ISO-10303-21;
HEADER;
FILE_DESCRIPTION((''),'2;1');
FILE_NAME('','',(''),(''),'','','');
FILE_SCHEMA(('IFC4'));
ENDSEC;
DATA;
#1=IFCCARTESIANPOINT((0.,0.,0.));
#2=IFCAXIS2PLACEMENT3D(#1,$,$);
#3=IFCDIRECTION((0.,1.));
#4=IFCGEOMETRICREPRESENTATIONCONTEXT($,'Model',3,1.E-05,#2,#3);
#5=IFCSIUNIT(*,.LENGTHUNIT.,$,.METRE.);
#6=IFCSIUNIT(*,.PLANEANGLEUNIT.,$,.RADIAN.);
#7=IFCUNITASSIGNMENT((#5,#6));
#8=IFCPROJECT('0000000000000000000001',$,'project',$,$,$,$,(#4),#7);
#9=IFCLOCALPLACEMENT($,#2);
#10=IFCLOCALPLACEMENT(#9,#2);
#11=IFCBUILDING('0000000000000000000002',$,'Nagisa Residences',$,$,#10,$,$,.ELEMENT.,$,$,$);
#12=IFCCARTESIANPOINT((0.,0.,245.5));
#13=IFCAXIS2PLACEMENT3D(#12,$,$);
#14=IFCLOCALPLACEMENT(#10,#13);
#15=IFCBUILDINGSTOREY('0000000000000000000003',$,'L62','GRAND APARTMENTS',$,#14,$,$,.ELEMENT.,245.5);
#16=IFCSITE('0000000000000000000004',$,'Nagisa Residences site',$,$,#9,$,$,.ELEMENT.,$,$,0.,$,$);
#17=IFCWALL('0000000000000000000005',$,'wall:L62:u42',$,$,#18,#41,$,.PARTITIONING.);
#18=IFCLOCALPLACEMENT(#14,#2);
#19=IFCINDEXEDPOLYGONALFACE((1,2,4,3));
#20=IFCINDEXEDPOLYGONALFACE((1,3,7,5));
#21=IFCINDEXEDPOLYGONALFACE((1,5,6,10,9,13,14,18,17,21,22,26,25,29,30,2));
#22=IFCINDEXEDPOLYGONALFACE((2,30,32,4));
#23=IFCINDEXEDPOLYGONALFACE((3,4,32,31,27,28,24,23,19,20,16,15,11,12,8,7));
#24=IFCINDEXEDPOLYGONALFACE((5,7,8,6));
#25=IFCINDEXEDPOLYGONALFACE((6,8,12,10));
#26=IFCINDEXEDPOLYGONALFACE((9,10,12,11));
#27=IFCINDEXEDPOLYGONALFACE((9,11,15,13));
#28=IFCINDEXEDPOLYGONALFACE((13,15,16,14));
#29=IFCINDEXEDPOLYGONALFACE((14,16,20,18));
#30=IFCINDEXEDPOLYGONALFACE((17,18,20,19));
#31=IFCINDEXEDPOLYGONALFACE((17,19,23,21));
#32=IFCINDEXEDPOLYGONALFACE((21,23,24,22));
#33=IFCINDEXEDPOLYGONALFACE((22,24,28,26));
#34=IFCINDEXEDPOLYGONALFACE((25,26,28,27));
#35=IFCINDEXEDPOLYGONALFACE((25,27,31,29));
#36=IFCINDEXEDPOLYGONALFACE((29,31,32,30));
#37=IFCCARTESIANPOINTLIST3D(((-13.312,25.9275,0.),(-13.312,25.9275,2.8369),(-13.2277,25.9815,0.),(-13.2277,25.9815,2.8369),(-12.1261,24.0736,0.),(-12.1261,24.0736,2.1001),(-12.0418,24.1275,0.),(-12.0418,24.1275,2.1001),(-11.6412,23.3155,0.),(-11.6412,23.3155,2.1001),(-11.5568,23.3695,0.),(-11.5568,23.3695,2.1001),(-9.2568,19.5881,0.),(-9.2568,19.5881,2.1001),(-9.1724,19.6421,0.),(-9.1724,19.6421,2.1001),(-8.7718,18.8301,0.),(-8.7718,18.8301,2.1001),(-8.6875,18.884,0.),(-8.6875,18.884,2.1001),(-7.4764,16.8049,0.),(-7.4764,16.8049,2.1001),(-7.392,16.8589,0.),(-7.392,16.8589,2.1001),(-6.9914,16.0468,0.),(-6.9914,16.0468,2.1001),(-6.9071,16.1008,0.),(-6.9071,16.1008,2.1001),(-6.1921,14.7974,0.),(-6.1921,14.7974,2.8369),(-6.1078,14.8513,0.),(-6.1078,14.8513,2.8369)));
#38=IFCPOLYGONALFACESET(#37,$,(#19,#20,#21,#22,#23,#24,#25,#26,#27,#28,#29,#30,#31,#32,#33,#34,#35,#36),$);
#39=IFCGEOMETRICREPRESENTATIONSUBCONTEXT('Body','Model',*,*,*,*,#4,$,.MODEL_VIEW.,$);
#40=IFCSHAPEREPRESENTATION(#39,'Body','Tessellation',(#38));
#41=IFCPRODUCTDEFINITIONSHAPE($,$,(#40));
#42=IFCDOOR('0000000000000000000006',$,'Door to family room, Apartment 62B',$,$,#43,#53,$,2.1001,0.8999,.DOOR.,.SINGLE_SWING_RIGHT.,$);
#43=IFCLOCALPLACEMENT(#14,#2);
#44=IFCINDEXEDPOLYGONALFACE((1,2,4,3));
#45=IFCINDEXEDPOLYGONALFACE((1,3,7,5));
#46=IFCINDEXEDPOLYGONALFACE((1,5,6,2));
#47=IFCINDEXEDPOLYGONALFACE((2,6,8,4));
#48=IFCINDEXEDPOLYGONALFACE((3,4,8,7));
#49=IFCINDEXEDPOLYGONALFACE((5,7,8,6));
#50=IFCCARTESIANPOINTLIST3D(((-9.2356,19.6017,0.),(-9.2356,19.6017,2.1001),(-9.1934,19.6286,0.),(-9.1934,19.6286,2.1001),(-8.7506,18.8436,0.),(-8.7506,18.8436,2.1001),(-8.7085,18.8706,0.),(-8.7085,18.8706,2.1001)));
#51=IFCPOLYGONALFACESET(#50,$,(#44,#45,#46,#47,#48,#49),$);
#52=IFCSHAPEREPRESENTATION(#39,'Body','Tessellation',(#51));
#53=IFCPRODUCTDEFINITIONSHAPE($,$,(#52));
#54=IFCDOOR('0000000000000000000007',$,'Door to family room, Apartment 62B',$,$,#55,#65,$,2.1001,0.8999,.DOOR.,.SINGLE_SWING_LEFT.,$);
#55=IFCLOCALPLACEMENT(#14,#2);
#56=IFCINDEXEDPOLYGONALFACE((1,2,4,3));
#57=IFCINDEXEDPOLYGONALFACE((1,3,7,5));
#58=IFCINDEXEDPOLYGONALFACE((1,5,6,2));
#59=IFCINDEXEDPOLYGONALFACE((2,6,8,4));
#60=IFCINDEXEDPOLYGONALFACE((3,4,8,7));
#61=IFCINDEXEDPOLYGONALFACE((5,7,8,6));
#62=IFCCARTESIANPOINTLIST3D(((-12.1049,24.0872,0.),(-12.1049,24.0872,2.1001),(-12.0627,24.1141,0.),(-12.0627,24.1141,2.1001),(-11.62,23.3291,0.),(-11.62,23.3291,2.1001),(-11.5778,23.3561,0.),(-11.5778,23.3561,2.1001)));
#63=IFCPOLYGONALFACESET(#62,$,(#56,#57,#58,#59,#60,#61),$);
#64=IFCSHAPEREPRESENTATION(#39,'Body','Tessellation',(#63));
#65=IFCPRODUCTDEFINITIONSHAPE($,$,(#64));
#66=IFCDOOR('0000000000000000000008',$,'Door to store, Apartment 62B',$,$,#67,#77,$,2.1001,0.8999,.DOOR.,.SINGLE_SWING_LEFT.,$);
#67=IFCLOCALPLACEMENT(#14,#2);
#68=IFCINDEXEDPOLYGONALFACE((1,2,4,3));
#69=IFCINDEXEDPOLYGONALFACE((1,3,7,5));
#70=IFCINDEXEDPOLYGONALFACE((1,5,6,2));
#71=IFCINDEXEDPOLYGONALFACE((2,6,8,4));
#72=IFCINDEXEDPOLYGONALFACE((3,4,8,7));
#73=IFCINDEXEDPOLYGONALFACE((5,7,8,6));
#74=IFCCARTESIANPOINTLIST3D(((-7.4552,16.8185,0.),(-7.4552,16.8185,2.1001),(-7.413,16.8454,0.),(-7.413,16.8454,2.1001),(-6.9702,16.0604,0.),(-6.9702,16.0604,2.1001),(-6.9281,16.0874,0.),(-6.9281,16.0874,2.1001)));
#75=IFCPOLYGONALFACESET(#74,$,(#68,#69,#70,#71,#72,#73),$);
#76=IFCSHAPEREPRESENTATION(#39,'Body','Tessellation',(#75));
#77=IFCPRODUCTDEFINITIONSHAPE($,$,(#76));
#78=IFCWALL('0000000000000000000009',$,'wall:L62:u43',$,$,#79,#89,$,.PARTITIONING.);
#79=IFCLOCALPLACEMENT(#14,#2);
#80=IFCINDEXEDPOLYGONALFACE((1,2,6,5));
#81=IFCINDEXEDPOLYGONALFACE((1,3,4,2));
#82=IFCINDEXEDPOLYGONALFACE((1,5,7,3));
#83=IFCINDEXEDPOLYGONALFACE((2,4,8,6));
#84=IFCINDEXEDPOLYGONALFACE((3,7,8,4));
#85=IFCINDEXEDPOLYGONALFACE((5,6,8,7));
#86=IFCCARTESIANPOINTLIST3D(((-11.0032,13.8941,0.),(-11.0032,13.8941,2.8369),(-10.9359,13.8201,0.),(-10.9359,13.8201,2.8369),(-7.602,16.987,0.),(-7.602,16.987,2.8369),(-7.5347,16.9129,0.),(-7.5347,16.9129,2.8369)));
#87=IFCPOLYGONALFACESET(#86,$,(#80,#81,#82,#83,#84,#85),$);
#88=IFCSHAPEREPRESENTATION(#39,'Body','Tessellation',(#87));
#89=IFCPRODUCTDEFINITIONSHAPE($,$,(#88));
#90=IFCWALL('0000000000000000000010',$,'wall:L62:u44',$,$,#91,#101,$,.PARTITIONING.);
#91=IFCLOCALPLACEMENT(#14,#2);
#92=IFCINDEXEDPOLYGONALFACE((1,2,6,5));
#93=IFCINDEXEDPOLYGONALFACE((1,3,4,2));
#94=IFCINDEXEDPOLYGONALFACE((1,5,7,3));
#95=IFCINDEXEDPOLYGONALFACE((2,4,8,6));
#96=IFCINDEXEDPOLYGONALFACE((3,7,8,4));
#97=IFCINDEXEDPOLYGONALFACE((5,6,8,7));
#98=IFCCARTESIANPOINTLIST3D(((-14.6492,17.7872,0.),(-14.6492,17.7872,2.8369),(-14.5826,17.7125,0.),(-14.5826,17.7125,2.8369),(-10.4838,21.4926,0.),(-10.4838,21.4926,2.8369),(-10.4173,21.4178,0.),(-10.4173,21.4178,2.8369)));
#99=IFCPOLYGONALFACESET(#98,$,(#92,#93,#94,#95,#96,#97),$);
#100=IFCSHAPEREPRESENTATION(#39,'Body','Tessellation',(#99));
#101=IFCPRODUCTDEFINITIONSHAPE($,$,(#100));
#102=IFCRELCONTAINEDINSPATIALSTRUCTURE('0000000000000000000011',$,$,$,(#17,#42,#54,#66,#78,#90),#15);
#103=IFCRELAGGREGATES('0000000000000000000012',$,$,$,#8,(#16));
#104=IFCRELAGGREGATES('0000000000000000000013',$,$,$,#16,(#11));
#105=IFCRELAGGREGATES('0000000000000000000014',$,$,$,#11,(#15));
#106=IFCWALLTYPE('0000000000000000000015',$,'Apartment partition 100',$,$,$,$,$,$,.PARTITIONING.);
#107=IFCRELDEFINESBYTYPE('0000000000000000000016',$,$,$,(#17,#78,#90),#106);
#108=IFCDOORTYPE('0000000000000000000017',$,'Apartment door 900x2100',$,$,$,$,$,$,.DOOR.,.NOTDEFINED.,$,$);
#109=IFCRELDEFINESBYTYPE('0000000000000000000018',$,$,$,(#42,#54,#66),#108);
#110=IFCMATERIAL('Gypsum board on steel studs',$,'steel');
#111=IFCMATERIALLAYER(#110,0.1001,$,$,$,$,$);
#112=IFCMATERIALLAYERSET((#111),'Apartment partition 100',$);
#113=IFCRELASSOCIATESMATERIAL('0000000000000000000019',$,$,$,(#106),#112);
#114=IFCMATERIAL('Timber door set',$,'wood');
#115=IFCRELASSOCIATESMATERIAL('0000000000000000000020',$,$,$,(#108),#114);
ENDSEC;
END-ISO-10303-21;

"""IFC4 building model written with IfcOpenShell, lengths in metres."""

from ifc_helpers import new_model, si_unit, direction, frame, frame_2d, origin, place, context, subcontext, project, spatial, rectangle, extrude, material, layer, layer_set, type_object, element, fill, save


model = new_model("IFC4")

# Units and contexts
model_context = context("Model", 3, precision=1e-05, world=origin(), true_north=direction((0.0, 1.0)))
body_context = subcontext(model_context, "Body", "Model", "MODEL_VIEW")
ifc_project = project(units=[si_unit("LENGTHUNIT", "METRE"), si_unit("PLANEANGLEUNIT", "RADIAN")], contexts=[model_context])

# Site, building, storey
site_placement = place(None, origin())
site = spatial("IfcSite", under=ifc_project, at=site_placement, Name="Nagisa Residences site", CompositionType="ELEMENT", RefElevation=0.0)
building_placement = place(site_placement, origin())
building = spatial("IfcBuilding", under=site, at=building_placement, Name="Nagisa Residences", CompositionType="ELEMENT")
storey_placement = place(building_placement, frame((0.0, 0.0, 245.5)))
storey = spatial("IfcBuildingStorey", under=building, at=storey_placement, Name="L62", Description="GRAND APARTMENTS", CompositionType="ELEMENT", Elevation=245.5)

# Shared definitions
ifc_material_1 = material(Name="Gypsum board on steel studs", Category="steel")
ifc_layer_1 = layer(ifc_material_1, 0.1001)
ifc_layer_set_1 = layer_set([ifc_layer_1], Name="Apartment partition 100")
wall_type_1 = type_object("IfcWallType", Name="Apartment partition 100", PredefinedType="PARTITIONING", material=ifc_layer_set_1)
ifc_material_2 = material(Name="Timber door set", Category="wood")
door_type_1 = type_object("IfcDoorType", Name="Apartment door 900x2100", OperationType="NOTDEFINED", PredefinedType="DOOR", material=ifc_material_2)

# Wall, openings, doors
wall_1_placement = place(storey_placement, frame((-6.1499, 14.8242, 0.0), z_axis=(0.0, 0.0, 1.0), x_axis=(-0.538871, 0.842388, 0.0)))
wall_1 = element("IfcWall", 1, at=wall_1_placement, inside=storey, type_object=wall_type_1, Name="wall:L62:u42", PredefinedType="PARTITIONING", context=body_context, shape_type="SweptSolid", body=[
    extrude(rectangle(XDim=13.2126, YDim=0.1001, at=frame_2d((6.6064, 0.0))), origin(), (0.0, 0.0, 1.0), 2.8369),
])
opening_1_placement = place(wall_1_placement, frame((4.7874, 0.0, 0.0)))
opening_1 = element("IfcOpeningElement", 2, at=opening_1_placement, cuts=wall_1, PredefinedType="OPENING", context=body_context, shape_type="SweptSolid", body=[
    extrude(rectangle(XDim=0.8999, YDim=2.1001, at=frame_2d((0.45, 1.05))), frame((0.0, 0.0601, 0.0), z_axis=(0.0, -1.0, 0.0), x_axis=(1.0, 0.0, 0.0)), (0.0, 0.0, 1.0), 0.1201),
])
opening_2_placement = place(wall_1_placement, frame((10.1121, 0.0, 0.0)))
opening_2 = element("IfcOpeningElement", 3, at=opening_2_placement, cuts=wall_1, PredefinedType="OPENING", context=body_context, shape_type="SweptSolid", body=[
    extrude(rectangle(XDim=0.8999, YDim=2.1001, at=frame_2d((0.45, 1.05))), frame((0.0, 0.0601, 0.0), z_axis=(0.0, -1.0, 0.0), x_axis=(1.0, 0.0, 0.0)), (0.0, 0.0, 1.0), 0.1201),
])
opening_3_placement = place(wall_1_placement, frame((1.4834, 0.0, 0.0)))
opening_3 = element("IfcOpeningElement", 4, at=opening_3_placement, cuts=wall_1, PredefinedType="OPENING", context=body_context, shape_type="SweptSolid", body=[
    extrude(rectangle(XDim=0.8999, YDim=2.1001, at=frame_2d((0.45, 1.05))), frame((0.0, 0.0601, 0.0), z_axis=(0.0, -1.0, 0.0), x_axis=(1.0, 0.0, 0.0)), (0.0, 0.0, 1.0), 0.1201),
])
door_1_placement = place(opening_1_placement, origin())
door_1 = element("IfcDoor", 5, at=door_1_placement, inside=storey, type_object=door_type_1, Name="Door to family room, Apartment 62B", OperationType="SINGLE_SWING_RIGHT", OverallHeight=2.1001, OverallWidth=0.8999, PredefinedType="DOOR", context=body_context, shape_type="SweptSolid", body=[
    extrude(rectangle(XDim=0.8999, YDim=2.1001, at=frame_2d((0.45, 1.05))), frame((0.0, 0.0249, 0.0), z_axis=(0.0, -1.0, 0.0), x_axis=(1.0, 0.0, 0.0)), (0.0, 0.0, 1.0), 0.05),
])
fill(opening_1, door_1)
door_2_placement = place(opening_2_placement, origin())
door_2 = element("IfcDoor", 6, at=door_2_placement, inside=storey, type_object=door_type_1, Name="Door to family room, Apartment 62B", OperationType="SINGLE_SWING_LEFT", OverallHeight=2.1001, OverallWidth=0.8999, PredefinedType="DOOR", context=body_context, shape_type="SweptSolid", body=[
    extrude(rectangle(XDim=0.8999, YDim=2.1001, at=frame_2d((0.45, 1.05))), frame((0.0, 0.0249, 0.0), z_axis=(0.0, -1.0, 0.0), x_axis=(1.0, 0.0, 0.0)), (0.0, 0.0, 1.0), 0.05),
])
fill(opening_2, door_2)
door_3_placement = place(opening_3_placement, origin())
door_3 = element("IfcDoor", 7, at=door_3_placement, inside=storey, type_object=door_type_1, Name="Door to store, Apartment 62B", OperationType="SINGLE_SWING_LEFT", OverallHeight=2.1001, OverallWidth=0.8999, PredefinedType="DOOR", context=body_context, shape_type="SweptSolid", body=[
    extrude(rectangle(XDim=0.8999, YDim=2.1001, at=frame_2d((0.45, 1.05))), frame((0.0, 0.0249, 0.0), z_axis=(0.0, -1.0, 0.0), x_axis=(1.0, 0.0, 0.0)), (0.0, 0.0, 1.0), 0.05),
])
fill(opening_3, door_3)

# Walls
wall_2_placement = place(storey_placement, frame((-7.5684, 16.95, 0.0), z_axis=(0.0, 0.0, 1.0), x_axis=(-0.739849, -0.672773, 0.0)))
element("IfcWall", 8, at=wall_2_placement, inside=storey, type_object=wall_type_1, Name="wall:L62:u43", PredefinedType="PARTITIONING", context=body_context, shape_type="SweptSolid", body=[
    extrude(rectangle(XDim=4.5972, YDim=0.1001, at=frame_2d((2.2986, 0.0))), origin(), (0.0, 0.0, 1.0), 2.8369),
])
wall_3_placement = place(storey_placement, frame((-10.4504, 21.4553, 0.0), z_axis=(0.0, 0.0, 1.0), x_axis=(-0.747156, -0.664649, 0.0)))
element("IfcWall", 9, at=wall_3_placement, inside=storey, type_object=wall_type_1, Name="wall:L62:u44", PredefinedType="PARTITIONING", context=body_context, shape_type="SweptSolid", body=[
    extrude(rectangle(XDim=5.575, YDim=0.1001, at=frame_2d((2.7876, 0.0))), origin(), (0.0, 0.0, 1.0), 2.8369),
])

save(model, "model.ifc")
